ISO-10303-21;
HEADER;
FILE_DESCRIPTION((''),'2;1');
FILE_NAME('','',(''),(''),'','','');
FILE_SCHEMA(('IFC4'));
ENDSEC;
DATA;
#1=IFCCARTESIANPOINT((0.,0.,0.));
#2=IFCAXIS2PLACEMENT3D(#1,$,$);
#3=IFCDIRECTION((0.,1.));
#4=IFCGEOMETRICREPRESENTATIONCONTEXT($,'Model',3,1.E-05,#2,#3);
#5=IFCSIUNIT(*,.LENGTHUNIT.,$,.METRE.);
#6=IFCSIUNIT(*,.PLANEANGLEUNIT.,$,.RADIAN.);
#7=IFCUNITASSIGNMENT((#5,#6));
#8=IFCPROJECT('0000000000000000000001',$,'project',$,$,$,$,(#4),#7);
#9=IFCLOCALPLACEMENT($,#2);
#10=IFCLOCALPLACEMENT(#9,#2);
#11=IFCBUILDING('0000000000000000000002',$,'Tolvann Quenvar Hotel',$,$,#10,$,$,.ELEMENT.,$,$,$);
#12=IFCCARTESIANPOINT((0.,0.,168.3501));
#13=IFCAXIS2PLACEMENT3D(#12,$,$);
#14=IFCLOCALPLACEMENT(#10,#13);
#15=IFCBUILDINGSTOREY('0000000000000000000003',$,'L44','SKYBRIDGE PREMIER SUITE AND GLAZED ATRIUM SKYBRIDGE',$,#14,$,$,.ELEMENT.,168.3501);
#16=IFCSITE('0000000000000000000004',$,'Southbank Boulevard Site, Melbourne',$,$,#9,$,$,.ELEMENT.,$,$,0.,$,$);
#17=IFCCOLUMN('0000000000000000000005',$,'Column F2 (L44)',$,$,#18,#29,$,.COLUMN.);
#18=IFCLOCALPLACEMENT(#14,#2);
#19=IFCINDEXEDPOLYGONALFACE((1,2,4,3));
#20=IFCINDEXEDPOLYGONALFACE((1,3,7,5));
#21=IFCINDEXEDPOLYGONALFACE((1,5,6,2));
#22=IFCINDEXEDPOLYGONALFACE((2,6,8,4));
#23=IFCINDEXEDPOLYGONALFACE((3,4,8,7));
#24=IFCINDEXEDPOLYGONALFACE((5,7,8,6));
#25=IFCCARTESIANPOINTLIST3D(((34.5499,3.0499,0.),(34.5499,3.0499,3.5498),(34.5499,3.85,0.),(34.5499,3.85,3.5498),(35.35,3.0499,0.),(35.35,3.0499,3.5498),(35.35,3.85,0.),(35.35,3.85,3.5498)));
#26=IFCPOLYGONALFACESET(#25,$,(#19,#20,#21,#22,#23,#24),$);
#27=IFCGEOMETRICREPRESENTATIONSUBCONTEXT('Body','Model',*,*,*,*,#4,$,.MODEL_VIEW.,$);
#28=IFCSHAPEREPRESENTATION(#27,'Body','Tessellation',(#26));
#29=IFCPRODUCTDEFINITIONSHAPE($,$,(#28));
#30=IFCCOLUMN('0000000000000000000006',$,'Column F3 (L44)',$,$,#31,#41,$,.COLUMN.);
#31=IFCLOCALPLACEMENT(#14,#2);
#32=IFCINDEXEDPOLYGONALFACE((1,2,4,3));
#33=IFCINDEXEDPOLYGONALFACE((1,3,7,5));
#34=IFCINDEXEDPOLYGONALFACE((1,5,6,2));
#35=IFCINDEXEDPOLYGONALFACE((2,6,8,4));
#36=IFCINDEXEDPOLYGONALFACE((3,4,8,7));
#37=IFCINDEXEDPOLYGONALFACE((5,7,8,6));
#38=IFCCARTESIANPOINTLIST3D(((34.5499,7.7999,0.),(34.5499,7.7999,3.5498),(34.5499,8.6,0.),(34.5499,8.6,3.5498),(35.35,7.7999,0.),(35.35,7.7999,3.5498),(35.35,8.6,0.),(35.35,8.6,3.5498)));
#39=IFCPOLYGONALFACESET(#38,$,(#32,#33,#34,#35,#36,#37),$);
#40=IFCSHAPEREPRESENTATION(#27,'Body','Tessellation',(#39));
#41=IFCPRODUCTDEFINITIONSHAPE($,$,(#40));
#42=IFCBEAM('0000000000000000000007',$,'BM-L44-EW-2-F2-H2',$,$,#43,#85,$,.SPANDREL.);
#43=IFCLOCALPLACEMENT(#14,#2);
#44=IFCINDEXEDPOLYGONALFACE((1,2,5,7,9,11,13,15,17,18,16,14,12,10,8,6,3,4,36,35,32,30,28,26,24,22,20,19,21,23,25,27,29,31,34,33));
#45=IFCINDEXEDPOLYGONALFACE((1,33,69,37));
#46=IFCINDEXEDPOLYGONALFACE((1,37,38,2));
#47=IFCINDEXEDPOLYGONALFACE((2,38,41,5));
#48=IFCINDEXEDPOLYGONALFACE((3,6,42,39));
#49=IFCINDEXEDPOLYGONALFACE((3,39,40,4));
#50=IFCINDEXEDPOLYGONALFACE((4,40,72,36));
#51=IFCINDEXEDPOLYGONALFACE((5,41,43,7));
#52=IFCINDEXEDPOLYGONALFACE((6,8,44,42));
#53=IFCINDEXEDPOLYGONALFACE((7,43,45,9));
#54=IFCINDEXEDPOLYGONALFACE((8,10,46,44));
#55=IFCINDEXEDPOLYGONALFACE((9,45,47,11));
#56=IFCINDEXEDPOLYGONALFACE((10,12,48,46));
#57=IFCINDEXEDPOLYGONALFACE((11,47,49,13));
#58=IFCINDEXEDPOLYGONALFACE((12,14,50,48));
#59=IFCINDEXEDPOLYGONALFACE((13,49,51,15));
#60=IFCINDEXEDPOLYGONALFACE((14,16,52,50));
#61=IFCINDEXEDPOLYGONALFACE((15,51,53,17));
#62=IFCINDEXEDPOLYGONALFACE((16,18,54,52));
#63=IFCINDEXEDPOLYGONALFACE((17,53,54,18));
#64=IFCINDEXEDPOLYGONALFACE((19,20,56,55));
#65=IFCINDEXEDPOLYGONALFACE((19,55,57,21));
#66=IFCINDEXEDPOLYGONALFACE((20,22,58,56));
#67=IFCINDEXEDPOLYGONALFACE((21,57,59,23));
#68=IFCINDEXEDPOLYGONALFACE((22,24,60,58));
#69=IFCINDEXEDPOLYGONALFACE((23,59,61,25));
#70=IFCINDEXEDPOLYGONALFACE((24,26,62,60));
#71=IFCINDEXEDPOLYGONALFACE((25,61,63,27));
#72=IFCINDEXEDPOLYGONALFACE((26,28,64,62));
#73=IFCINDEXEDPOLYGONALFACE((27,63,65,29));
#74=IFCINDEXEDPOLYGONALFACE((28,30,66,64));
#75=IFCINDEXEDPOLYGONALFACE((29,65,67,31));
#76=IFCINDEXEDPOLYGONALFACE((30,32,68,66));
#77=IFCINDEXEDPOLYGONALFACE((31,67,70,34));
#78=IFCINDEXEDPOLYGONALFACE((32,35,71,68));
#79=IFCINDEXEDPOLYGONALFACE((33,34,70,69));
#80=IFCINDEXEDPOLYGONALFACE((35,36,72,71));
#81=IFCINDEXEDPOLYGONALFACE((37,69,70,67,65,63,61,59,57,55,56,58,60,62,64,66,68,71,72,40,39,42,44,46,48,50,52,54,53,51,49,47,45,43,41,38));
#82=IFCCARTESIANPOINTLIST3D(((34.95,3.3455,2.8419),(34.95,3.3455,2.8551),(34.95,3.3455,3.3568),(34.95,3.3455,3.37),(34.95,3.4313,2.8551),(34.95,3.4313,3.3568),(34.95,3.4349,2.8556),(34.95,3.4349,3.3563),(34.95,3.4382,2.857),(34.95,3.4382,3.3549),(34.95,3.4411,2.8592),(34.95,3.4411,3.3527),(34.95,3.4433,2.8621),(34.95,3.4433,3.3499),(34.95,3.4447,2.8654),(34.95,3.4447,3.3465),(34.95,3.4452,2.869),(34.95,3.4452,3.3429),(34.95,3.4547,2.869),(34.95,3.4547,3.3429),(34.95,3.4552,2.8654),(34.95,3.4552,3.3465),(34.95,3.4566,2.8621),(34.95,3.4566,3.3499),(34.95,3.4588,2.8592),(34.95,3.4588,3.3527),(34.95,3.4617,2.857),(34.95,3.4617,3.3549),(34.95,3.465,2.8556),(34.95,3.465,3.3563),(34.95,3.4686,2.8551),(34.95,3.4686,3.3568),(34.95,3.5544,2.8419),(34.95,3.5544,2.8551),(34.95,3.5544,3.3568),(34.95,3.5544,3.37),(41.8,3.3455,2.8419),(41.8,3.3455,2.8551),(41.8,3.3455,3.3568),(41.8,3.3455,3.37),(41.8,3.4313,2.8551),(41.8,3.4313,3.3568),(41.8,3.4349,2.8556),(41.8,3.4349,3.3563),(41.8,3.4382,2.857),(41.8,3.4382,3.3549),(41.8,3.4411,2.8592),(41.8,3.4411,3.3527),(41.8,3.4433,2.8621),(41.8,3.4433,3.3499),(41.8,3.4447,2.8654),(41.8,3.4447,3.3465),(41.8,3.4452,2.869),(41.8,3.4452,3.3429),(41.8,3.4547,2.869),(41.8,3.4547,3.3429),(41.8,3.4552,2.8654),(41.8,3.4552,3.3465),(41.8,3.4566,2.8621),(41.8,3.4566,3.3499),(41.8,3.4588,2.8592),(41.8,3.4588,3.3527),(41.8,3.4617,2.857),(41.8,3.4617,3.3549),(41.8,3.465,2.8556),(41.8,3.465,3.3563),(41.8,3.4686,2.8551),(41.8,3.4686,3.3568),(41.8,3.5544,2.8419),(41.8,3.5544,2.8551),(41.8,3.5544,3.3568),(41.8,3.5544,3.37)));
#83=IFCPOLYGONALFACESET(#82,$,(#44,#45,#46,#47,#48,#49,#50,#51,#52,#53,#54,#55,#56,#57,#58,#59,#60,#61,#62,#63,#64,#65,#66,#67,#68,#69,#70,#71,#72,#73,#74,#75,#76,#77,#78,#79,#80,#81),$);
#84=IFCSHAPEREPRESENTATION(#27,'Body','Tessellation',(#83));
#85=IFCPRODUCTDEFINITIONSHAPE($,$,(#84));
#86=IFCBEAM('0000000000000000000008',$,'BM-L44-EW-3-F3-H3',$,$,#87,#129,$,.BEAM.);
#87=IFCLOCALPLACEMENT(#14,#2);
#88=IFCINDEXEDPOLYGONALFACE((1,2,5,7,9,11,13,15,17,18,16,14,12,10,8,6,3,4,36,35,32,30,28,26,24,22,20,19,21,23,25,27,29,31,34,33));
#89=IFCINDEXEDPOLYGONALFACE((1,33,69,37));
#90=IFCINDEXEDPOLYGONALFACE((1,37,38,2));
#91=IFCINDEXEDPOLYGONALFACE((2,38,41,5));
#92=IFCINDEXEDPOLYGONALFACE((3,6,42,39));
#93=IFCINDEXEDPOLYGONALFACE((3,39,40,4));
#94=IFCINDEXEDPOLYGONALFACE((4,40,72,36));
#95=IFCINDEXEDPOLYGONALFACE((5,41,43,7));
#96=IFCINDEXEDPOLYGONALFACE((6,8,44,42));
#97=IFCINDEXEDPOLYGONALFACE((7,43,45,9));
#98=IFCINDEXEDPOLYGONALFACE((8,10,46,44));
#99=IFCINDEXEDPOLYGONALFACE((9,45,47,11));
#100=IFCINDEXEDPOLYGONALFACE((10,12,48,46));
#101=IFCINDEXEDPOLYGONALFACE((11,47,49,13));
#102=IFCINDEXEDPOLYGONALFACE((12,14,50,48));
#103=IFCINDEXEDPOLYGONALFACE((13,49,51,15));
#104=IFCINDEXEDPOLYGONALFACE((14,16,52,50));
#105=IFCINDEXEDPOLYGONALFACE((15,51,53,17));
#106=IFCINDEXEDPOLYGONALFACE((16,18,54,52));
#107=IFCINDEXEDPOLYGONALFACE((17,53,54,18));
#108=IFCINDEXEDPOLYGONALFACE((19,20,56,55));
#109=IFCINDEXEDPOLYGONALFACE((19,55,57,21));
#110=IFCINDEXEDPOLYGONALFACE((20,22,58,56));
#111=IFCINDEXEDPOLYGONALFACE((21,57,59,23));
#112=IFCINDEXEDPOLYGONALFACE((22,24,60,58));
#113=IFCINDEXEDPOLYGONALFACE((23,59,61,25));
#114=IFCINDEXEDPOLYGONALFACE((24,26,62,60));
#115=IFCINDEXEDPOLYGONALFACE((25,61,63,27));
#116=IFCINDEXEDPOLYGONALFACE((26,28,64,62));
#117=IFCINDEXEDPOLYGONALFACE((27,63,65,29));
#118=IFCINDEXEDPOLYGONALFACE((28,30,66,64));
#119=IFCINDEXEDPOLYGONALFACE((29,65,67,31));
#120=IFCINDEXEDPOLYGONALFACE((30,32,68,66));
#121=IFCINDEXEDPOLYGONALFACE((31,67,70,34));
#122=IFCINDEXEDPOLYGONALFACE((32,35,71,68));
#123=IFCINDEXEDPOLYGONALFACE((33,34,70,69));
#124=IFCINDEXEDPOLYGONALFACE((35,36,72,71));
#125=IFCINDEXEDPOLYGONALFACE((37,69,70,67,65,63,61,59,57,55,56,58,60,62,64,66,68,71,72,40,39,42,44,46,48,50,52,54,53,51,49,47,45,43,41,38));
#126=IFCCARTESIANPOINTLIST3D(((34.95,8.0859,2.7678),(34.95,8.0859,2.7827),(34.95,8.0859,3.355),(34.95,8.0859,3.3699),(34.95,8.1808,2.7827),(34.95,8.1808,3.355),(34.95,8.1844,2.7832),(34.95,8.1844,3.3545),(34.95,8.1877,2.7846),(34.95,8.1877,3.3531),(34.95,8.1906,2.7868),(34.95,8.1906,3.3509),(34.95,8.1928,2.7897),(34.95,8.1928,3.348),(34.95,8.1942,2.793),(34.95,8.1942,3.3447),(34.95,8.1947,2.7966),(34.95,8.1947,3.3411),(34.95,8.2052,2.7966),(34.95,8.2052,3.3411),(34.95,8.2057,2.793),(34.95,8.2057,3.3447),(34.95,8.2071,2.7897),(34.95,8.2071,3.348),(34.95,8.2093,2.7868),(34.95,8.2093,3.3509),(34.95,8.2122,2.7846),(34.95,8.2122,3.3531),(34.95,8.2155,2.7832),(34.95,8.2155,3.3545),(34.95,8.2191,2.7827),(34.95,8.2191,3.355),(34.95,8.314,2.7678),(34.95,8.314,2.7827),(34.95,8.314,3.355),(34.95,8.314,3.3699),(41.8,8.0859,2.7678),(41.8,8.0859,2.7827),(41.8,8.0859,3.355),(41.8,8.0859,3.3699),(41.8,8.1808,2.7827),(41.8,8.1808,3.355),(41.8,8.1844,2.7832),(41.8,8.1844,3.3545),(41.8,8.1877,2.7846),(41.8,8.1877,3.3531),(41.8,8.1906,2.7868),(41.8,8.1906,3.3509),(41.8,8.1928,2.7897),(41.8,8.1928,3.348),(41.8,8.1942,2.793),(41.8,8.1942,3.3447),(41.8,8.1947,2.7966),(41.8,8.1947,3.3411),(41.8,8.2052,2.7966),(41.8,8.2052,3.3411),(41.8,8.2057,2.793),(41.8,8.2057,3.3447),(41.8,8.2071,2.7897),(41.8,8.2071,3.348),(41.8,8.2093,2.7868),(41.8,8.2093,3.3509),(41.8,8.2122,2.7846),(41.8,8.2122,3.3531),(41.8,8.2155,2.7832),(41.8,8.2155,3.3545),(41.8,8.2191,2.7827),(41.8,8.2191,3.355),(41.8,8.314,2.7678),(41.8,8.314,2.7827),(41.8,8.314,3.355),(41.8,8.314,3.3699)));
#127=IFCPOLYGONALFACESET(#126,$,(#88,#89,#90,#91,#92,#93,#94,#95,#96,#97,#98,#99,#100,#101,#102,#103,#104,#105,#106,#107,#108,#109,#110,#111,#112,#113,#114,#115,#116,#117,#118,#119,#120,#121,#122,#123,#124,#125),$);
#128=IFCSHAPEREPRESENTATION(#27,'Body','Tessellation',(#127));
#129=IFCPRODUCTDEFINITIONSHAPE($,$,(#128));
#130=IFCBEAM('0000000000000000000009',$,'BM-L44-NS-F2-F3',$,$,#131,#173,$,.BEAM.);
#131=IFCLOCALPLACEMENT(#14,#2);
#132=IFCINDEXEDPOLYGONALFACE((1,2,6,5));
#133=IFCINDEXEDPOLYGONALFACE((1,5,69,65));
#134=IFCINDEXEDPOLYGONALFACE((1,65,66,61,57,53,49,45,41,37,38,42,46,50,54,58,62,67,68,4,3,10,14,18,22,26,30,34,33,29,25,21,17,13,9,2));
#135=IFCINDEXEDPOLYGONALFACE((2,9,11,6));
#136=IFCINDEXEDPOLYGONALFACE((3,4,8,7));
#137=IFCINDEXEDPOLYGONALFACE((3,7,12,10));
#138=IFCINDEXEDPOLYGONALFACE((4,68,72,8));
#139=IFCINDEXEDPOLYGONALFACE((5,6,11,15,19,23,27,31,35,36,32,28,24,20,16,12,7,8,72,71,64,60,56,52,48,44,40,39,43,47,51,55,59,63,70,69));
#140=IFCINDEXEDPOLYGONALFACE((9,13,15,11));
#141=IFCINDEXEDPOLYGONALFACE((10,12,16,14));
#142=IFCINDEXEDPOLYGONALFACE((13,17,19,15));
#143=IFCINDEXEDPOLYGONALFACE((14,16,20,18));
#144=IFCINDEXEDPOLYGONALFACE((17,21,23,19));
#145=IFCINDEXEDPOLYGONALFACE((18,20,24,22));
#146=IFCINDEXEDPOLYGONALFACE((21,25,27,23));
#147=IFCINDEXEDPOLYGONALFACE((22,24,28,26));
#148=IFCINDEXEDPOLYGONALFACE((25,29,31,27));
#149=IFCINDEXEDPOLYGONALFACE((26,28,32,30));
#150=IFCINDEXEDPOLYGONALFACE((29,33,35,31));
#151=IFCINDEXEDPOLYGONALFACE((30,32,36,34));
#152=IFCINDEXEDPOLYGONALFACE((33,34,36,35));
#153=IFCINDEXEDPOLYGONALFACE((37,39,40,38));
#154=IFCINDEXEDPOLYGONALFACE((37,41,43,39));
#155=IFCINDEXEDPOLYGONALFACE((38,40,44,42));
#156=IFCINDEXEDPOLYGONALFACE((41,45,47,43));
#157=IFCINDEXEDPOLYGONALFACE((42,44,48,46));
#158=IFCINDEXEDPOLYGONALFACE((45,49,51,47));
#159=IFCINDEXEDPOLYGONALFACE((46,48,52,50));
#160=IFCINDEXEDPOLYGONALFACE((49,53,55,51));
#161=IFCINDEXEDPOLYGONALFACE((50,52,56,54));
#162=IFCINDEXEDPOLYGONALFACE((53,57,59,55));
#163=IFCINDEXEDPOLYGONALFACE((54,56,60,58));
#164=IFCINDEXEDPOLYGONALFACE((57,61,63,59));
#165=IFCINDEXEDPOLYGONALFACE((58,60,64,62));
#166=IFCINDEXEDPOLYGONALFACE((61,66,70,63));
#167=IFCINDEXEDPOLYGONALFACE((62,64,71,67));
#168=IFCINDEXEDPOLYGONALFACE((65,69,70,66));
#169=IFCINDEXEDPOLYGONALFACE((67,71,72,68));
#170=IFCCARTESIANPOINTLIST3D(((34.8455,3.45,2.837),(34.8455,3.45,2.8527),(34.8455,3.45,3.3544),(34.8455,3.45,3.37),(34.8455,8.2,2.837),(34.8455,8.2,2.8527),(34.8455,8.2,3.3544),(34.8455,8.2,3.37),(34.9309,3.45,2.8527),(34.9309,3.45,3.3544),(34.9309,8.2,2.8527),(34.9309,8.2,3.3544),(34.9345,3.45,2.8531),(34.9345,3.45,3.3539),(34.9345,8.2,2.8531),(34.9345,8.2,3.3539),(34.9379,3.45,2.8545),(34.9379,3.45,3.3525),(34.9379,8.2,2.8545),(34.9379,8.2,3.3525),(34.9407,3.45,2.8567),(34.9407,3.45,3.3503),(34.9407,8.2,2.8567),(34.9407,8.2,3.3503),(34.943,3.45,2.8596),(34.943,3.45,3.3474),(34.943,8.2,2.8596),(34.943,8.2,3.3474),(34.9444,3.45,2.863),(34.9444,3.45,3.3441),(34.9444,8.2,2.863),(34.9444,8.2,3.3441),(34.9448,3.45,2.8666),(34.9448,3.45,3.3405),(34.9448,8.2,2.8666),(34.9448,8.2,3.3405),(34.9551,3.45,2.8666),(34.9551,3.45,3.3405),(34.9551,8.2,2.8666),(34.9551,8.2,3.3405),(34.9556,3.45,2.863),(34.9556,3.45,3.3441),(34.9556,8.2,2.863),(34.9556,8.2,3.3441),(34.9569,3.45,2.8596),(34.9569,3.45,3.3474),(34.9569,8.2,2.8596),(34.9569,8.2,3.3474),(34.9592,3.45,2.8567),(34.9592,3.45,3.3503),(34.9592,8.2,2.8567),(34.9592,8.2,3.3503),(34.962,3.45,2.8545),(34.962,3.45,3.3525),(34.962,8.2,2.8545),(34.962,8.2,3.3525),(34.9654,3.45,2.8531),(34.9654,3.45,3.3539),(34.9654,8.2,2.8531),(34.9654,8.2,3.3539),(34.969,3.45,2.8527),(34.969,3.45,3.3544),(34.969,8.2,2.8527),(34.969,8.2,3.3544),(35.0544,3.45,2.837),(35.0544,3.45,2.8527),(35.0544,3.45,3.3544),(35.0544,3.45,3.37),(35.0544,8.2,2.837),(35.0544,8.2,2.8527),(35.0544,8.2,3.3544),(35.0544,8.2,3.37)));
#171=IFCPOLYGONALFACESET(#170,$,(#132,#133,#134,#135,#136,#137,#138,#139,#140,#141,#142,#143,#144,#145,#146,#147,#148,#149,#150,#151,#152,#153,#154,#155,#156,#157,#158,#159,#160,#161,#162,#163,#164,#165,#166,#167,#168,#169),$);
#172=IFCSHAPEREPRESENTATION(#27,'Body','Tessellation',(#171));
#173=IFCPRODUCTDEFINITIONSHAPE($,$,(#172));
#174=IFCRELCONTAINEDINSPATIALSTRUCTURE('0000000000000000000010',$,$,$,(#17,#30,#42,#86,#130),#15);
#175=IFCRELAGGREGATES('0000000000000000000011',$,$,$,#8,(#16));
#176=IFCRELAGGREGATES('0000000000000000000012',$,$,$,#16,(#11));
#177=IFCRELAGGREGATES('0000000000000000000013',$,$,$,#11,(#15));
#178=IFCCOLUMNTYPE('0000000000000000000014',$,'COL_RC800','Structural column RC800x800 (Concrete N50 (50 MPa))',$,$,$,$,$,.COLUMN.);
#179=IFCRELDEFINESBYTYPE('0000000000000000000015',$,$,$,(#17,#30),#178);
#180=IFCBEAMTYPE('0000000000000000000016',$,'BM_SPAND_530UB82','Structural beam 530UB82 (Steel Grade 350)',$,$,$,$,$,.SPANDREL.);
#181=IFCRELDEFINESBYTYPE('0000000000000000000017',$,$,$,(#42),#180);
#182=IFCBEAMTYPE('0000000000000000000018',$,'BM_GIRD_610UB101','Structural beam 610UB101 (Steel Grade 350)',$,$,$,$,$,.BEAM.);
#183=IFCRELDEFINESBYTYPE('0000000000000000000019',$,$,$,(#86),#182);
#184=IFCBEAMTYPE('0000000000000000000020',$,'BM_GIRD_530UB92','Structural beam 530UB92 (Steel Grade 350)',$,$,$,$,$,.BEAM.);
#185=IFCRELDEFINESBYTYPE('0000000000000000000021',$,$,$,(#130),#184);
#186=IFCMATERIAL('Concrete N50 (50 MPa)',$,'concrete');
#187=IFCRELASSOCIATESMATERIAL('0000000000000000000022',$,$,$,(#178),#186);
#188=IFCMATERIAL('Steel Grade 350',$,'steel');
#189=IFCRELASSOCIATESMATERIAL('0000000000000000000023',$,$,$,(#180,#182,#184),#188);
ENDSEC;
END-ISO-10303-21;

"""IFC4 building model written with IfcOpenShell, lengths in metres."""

from ifc_helpers import new_model, si_unit, direction, frame, origin, origin_2d, place, context, subcontext, project, spatial, rectangle, i_section, extrude, source, transform, mapped, material, material_profile, profile_set, type_object, type_shapes, element, save


model = new_model("IFC4")

# Units and contexts
model_context = context("Model", 3, precision=1e-05, world=origin(), true_north=direction((0.0, 1.0)))
body_context = subcontext(model_context, "Body", "Model", "MODEL_VIEW")
ifc_project = project(units=[si_unit("LENGTHUNIT", "METRE"), si_unit("PLANEANGLEUNIT", "RADIAN")], contexts=[model_context])

# Site, building, storey
site_placement = place(None, origin())
site = spatial("IfcSite", under=ifc_project, at=site_placement, Name="Southbank Boulevard Site, Melbourne", CompositionType="ELEMENT", RefElevation=0.0)
building_placement = place(site_placement, origin())
building = spatial("IfcBuilding", under=site, at=building_placement, Name="Tolvann Quenvar Hotel", CompositionType="ELEMENT")
storey_placement = place(building_placement, frame((0.0, 0.0, 168.3501)))
storey = spatial("IfcBuildingStorey", under=building, at=storey_placement, Name="L44", Description="SKYBRIDGE PREMIER SUITE AND GLAZED ATRIUM SKYBRIDGE", CompositionType="ELEMENT", Elevation=168.3501)

# Columns
ifc_material_1 = material(Name="Concrete N50 (50 MPa)", Category="concrete")
ifc_material_profile_1 = material_profile(ifc_material_1, rectangle(XDim=0.8, YDim=0.8, at=origin_2d()), Name="RC800x800")
ifc_profile_set_1 = profile_set([ifc_material_profile_1], Name="Concrete N50 (50 MPa)")
column_type = type_object("IfcColumnType", Name="COL_RC800", Description="Structural column RC800x800 (Concrete N50 (50 MPa))", PredefinedType="COLUMN", material=ifc_profile_set_1)
shared_shape_1 = source(origin(), body_context, "Body", "SweptSolid", [
    extrude(rectangle(XDim=0.8, YDim=0.8, at=origin_2d()), origin(), (0.0, 0.0, 1.0), 3.5498),
])
type_shapes(column_type, [shared_shape_1])
for number, where, z_axis, x_axis, name in (
    (1, (34.95, 3.45, 0.0), (0.0, 0.0, 1.0), (1.0, 0.0, 0.0), "Column F2 (L44)"),
    (2, (34.95, 8.2, 0.0), (0.0, 0.0, 1.0), (1.0, 0.0, 0.0), "Column F3 (L44)"),
):
    element("IfcColumn", number, at=place(storey_placement, frame(where, z_axis=z_axis, x_axis=x_axis)), inside=storey, type_object=column_type, Name=name, PredefinedType="COLUMN", context=body_context, shape_type="MappedRepresentation", body=[
        mapped(shared_shape_1, transform((0.0, 0.0, 0.0), x_axis=(1.0, 0.0, 0.0), y_axis=(0.0, 1.0, 0.0), z_axis=(0.0, 0.0, 1.0), scale=1.0)),
    ])

# Beams
ifc_material_2 = material(Name="Steel Grade 350", Category="steel")
ifc_material_profile_2 = material_profile(ifc_material_2, i_section(OverallWidth=0.209, OverallDepth=0.5281, WebThickness=0.0095, FlangeThickness=0.0132, FilletRadius=0.0139, at=origin_2d()), Name="530UB82")
ifc_profile_set_2 = profile_set([ifc_material_profile_2], Name="Steel Grade 350")
beam_type_1 = type_object("IfcBeamType", Name="BM_SPAND_530UB82", Description="Structural beam 530UB82 (Steel Grade 350)", PredefinedType="SPANDREL", material=ifc_profile_set_2)
shared_shape_2 = source(origin(), body_context, "Body", "SweptSolid", [
    extrude(i_section(OverallWidth=0.209, OverallDepth=0.5281, WebThickness=0.0095, FlangeThickness=0.0132, FilletRadius=0.0139, at=origin_2d()), origin(), (0.0, 0.0, 1.0), 6.8501),
])
type_shapes(beam_type_1, [shared_shape_2])
beam_1_placement = place(storey_placement, frame((34.95, 3.45, 3.106), z_axis=(1.0, 0.0, 0.0), x_axis=(0.0, 1.0, 0.0)))
element("IfcBeam", 3, at=beam_1_placement, inside=storey, type_object=beam_type_1, Name="BM-L44-EW-2-F2-H2", PredefinedType="SPANDREL", context=body_context, shape_type="MappedRepresentation", body=[
    mapped(shared_shape_2, transform((0.0, 0.0, 0.0), x_axis=(1.0, 0.0, 0.0), y_axis=(0.0, 1.0, 0.0), z_axis=(0.0, 0.0, 1.0), scale=1.0)),
])
ifc_material_profile_3 = material_profile(ifc_material_2, i_section(OverallWidth=0.228, OverallDepth=0.6021, WebThickness=0.0105, FlangeThickness=0.0149, FilletRadius=0.0139, at=origin_2d()), Name="610UB101")
ifc_profile_set_3 = profile_set([ifc_material_profile_3], Name="Steel Grade 350")
beam_type_2 = type_object("IfcBeamType", Name="BM_GIRD_610UB101", Description="Structural beam 610UB101 (Steel Grade 350)", PredefinedType="BEAM", material=ifc_profile_set_3)
shared_shape_3 = source(origin(), body_context, "Body", "SweptSolid", [
    extrude(i_section(OverallWidth=0.228, OverallDepth=0.6021, WebThickness=0.0105, FlangeThickness=0.0149, FilletRadius=0.0139, at=origin_2d()), origin(), (0.0, 0.0, 1.0), 6.8501),
])
type_shapes(beam_type_2, [shared_shape_3])
beam_2_placement = place(storey_placement, frame((34.95, 8.2, 3.0688), z_axis=(1.0, 0.0, 0.0), x_axis=(0.0, 1.0, 0.0)))
element("IfcBeam", 4, at=beam_2_placement, inside=storey, type_object=beam_type_2, Name="BM-L44-EW-3-F3-H3", PredefinedType="BEAM", context=body_context, shape_type="MappedRepresentation", body=[
    mapped(shared_shape_3, transform((0.0, 0.0, 0.0), x_axis=(1.0, 0.0, 0.0), y_axis=(0.0, 1.0, 0.0), z_axis=(0.0, 0.0, 1.0), scale=1.0)),
])
ifc_material_profile_4 = material_profile(ifc_material_2, i_section(OverallWidth=0.209, OverallDepth=0.533, WebThickness=0.0103, FlangeThickness=0.0156, FilletRadius=0.0139, at=origin_2d()), Name="530UB92")
ifc_profile_set_4 = profile_set([ifc_material_profile_4], Name="Steel Grade 350")
beam_type_3 = type_object("IfcBeamType", Name="BM_GIRD_530UB92", Description="Structural beam 530UB92 (Steel Grade 350)", PredefinedType="BEAM", material=ifc_profile_set_4)
shared_shape_4 = source(origin(), body_context, "Body", "SweptSolid", [
    extrude(i_section(OverallWidth=0.209, OverallDepth=0.533, WebThickness=0.0103, FlangeThickness=0.0156, FilletRadius=0.0139, at=origin_2d()), origin(), (0.0, 0.0, 1.0), 4.75),
])
type_shapes(beam_type_3, [shared_shape_4])
beam_3_placement = place(storey_placement, frame((34.95, 3.45, 3.1035), z_axis=(0.0, 1.0, 0.0), x_axis=(-1.0, 0.0, 0.0)))
element("IfcBeam", 5, at=beam_3_placement, inside=storey, type_object=beam_type_3, Name="BM-L44-NS-F2-F3", PredefinedType="BEAM", context=body_context, shape_type="MappedRepresentation", body=[
    mapped(shared_shape_4, transform((0.0, 0.0, 0.0), x_axis=(1.0, 0.0, 0.0), y_axis=(0.0, 1.0, 0.0), z_axis=(0.0, 0.0, 1.0), scale=1.0)),
])

save(model, "model.ifc")
